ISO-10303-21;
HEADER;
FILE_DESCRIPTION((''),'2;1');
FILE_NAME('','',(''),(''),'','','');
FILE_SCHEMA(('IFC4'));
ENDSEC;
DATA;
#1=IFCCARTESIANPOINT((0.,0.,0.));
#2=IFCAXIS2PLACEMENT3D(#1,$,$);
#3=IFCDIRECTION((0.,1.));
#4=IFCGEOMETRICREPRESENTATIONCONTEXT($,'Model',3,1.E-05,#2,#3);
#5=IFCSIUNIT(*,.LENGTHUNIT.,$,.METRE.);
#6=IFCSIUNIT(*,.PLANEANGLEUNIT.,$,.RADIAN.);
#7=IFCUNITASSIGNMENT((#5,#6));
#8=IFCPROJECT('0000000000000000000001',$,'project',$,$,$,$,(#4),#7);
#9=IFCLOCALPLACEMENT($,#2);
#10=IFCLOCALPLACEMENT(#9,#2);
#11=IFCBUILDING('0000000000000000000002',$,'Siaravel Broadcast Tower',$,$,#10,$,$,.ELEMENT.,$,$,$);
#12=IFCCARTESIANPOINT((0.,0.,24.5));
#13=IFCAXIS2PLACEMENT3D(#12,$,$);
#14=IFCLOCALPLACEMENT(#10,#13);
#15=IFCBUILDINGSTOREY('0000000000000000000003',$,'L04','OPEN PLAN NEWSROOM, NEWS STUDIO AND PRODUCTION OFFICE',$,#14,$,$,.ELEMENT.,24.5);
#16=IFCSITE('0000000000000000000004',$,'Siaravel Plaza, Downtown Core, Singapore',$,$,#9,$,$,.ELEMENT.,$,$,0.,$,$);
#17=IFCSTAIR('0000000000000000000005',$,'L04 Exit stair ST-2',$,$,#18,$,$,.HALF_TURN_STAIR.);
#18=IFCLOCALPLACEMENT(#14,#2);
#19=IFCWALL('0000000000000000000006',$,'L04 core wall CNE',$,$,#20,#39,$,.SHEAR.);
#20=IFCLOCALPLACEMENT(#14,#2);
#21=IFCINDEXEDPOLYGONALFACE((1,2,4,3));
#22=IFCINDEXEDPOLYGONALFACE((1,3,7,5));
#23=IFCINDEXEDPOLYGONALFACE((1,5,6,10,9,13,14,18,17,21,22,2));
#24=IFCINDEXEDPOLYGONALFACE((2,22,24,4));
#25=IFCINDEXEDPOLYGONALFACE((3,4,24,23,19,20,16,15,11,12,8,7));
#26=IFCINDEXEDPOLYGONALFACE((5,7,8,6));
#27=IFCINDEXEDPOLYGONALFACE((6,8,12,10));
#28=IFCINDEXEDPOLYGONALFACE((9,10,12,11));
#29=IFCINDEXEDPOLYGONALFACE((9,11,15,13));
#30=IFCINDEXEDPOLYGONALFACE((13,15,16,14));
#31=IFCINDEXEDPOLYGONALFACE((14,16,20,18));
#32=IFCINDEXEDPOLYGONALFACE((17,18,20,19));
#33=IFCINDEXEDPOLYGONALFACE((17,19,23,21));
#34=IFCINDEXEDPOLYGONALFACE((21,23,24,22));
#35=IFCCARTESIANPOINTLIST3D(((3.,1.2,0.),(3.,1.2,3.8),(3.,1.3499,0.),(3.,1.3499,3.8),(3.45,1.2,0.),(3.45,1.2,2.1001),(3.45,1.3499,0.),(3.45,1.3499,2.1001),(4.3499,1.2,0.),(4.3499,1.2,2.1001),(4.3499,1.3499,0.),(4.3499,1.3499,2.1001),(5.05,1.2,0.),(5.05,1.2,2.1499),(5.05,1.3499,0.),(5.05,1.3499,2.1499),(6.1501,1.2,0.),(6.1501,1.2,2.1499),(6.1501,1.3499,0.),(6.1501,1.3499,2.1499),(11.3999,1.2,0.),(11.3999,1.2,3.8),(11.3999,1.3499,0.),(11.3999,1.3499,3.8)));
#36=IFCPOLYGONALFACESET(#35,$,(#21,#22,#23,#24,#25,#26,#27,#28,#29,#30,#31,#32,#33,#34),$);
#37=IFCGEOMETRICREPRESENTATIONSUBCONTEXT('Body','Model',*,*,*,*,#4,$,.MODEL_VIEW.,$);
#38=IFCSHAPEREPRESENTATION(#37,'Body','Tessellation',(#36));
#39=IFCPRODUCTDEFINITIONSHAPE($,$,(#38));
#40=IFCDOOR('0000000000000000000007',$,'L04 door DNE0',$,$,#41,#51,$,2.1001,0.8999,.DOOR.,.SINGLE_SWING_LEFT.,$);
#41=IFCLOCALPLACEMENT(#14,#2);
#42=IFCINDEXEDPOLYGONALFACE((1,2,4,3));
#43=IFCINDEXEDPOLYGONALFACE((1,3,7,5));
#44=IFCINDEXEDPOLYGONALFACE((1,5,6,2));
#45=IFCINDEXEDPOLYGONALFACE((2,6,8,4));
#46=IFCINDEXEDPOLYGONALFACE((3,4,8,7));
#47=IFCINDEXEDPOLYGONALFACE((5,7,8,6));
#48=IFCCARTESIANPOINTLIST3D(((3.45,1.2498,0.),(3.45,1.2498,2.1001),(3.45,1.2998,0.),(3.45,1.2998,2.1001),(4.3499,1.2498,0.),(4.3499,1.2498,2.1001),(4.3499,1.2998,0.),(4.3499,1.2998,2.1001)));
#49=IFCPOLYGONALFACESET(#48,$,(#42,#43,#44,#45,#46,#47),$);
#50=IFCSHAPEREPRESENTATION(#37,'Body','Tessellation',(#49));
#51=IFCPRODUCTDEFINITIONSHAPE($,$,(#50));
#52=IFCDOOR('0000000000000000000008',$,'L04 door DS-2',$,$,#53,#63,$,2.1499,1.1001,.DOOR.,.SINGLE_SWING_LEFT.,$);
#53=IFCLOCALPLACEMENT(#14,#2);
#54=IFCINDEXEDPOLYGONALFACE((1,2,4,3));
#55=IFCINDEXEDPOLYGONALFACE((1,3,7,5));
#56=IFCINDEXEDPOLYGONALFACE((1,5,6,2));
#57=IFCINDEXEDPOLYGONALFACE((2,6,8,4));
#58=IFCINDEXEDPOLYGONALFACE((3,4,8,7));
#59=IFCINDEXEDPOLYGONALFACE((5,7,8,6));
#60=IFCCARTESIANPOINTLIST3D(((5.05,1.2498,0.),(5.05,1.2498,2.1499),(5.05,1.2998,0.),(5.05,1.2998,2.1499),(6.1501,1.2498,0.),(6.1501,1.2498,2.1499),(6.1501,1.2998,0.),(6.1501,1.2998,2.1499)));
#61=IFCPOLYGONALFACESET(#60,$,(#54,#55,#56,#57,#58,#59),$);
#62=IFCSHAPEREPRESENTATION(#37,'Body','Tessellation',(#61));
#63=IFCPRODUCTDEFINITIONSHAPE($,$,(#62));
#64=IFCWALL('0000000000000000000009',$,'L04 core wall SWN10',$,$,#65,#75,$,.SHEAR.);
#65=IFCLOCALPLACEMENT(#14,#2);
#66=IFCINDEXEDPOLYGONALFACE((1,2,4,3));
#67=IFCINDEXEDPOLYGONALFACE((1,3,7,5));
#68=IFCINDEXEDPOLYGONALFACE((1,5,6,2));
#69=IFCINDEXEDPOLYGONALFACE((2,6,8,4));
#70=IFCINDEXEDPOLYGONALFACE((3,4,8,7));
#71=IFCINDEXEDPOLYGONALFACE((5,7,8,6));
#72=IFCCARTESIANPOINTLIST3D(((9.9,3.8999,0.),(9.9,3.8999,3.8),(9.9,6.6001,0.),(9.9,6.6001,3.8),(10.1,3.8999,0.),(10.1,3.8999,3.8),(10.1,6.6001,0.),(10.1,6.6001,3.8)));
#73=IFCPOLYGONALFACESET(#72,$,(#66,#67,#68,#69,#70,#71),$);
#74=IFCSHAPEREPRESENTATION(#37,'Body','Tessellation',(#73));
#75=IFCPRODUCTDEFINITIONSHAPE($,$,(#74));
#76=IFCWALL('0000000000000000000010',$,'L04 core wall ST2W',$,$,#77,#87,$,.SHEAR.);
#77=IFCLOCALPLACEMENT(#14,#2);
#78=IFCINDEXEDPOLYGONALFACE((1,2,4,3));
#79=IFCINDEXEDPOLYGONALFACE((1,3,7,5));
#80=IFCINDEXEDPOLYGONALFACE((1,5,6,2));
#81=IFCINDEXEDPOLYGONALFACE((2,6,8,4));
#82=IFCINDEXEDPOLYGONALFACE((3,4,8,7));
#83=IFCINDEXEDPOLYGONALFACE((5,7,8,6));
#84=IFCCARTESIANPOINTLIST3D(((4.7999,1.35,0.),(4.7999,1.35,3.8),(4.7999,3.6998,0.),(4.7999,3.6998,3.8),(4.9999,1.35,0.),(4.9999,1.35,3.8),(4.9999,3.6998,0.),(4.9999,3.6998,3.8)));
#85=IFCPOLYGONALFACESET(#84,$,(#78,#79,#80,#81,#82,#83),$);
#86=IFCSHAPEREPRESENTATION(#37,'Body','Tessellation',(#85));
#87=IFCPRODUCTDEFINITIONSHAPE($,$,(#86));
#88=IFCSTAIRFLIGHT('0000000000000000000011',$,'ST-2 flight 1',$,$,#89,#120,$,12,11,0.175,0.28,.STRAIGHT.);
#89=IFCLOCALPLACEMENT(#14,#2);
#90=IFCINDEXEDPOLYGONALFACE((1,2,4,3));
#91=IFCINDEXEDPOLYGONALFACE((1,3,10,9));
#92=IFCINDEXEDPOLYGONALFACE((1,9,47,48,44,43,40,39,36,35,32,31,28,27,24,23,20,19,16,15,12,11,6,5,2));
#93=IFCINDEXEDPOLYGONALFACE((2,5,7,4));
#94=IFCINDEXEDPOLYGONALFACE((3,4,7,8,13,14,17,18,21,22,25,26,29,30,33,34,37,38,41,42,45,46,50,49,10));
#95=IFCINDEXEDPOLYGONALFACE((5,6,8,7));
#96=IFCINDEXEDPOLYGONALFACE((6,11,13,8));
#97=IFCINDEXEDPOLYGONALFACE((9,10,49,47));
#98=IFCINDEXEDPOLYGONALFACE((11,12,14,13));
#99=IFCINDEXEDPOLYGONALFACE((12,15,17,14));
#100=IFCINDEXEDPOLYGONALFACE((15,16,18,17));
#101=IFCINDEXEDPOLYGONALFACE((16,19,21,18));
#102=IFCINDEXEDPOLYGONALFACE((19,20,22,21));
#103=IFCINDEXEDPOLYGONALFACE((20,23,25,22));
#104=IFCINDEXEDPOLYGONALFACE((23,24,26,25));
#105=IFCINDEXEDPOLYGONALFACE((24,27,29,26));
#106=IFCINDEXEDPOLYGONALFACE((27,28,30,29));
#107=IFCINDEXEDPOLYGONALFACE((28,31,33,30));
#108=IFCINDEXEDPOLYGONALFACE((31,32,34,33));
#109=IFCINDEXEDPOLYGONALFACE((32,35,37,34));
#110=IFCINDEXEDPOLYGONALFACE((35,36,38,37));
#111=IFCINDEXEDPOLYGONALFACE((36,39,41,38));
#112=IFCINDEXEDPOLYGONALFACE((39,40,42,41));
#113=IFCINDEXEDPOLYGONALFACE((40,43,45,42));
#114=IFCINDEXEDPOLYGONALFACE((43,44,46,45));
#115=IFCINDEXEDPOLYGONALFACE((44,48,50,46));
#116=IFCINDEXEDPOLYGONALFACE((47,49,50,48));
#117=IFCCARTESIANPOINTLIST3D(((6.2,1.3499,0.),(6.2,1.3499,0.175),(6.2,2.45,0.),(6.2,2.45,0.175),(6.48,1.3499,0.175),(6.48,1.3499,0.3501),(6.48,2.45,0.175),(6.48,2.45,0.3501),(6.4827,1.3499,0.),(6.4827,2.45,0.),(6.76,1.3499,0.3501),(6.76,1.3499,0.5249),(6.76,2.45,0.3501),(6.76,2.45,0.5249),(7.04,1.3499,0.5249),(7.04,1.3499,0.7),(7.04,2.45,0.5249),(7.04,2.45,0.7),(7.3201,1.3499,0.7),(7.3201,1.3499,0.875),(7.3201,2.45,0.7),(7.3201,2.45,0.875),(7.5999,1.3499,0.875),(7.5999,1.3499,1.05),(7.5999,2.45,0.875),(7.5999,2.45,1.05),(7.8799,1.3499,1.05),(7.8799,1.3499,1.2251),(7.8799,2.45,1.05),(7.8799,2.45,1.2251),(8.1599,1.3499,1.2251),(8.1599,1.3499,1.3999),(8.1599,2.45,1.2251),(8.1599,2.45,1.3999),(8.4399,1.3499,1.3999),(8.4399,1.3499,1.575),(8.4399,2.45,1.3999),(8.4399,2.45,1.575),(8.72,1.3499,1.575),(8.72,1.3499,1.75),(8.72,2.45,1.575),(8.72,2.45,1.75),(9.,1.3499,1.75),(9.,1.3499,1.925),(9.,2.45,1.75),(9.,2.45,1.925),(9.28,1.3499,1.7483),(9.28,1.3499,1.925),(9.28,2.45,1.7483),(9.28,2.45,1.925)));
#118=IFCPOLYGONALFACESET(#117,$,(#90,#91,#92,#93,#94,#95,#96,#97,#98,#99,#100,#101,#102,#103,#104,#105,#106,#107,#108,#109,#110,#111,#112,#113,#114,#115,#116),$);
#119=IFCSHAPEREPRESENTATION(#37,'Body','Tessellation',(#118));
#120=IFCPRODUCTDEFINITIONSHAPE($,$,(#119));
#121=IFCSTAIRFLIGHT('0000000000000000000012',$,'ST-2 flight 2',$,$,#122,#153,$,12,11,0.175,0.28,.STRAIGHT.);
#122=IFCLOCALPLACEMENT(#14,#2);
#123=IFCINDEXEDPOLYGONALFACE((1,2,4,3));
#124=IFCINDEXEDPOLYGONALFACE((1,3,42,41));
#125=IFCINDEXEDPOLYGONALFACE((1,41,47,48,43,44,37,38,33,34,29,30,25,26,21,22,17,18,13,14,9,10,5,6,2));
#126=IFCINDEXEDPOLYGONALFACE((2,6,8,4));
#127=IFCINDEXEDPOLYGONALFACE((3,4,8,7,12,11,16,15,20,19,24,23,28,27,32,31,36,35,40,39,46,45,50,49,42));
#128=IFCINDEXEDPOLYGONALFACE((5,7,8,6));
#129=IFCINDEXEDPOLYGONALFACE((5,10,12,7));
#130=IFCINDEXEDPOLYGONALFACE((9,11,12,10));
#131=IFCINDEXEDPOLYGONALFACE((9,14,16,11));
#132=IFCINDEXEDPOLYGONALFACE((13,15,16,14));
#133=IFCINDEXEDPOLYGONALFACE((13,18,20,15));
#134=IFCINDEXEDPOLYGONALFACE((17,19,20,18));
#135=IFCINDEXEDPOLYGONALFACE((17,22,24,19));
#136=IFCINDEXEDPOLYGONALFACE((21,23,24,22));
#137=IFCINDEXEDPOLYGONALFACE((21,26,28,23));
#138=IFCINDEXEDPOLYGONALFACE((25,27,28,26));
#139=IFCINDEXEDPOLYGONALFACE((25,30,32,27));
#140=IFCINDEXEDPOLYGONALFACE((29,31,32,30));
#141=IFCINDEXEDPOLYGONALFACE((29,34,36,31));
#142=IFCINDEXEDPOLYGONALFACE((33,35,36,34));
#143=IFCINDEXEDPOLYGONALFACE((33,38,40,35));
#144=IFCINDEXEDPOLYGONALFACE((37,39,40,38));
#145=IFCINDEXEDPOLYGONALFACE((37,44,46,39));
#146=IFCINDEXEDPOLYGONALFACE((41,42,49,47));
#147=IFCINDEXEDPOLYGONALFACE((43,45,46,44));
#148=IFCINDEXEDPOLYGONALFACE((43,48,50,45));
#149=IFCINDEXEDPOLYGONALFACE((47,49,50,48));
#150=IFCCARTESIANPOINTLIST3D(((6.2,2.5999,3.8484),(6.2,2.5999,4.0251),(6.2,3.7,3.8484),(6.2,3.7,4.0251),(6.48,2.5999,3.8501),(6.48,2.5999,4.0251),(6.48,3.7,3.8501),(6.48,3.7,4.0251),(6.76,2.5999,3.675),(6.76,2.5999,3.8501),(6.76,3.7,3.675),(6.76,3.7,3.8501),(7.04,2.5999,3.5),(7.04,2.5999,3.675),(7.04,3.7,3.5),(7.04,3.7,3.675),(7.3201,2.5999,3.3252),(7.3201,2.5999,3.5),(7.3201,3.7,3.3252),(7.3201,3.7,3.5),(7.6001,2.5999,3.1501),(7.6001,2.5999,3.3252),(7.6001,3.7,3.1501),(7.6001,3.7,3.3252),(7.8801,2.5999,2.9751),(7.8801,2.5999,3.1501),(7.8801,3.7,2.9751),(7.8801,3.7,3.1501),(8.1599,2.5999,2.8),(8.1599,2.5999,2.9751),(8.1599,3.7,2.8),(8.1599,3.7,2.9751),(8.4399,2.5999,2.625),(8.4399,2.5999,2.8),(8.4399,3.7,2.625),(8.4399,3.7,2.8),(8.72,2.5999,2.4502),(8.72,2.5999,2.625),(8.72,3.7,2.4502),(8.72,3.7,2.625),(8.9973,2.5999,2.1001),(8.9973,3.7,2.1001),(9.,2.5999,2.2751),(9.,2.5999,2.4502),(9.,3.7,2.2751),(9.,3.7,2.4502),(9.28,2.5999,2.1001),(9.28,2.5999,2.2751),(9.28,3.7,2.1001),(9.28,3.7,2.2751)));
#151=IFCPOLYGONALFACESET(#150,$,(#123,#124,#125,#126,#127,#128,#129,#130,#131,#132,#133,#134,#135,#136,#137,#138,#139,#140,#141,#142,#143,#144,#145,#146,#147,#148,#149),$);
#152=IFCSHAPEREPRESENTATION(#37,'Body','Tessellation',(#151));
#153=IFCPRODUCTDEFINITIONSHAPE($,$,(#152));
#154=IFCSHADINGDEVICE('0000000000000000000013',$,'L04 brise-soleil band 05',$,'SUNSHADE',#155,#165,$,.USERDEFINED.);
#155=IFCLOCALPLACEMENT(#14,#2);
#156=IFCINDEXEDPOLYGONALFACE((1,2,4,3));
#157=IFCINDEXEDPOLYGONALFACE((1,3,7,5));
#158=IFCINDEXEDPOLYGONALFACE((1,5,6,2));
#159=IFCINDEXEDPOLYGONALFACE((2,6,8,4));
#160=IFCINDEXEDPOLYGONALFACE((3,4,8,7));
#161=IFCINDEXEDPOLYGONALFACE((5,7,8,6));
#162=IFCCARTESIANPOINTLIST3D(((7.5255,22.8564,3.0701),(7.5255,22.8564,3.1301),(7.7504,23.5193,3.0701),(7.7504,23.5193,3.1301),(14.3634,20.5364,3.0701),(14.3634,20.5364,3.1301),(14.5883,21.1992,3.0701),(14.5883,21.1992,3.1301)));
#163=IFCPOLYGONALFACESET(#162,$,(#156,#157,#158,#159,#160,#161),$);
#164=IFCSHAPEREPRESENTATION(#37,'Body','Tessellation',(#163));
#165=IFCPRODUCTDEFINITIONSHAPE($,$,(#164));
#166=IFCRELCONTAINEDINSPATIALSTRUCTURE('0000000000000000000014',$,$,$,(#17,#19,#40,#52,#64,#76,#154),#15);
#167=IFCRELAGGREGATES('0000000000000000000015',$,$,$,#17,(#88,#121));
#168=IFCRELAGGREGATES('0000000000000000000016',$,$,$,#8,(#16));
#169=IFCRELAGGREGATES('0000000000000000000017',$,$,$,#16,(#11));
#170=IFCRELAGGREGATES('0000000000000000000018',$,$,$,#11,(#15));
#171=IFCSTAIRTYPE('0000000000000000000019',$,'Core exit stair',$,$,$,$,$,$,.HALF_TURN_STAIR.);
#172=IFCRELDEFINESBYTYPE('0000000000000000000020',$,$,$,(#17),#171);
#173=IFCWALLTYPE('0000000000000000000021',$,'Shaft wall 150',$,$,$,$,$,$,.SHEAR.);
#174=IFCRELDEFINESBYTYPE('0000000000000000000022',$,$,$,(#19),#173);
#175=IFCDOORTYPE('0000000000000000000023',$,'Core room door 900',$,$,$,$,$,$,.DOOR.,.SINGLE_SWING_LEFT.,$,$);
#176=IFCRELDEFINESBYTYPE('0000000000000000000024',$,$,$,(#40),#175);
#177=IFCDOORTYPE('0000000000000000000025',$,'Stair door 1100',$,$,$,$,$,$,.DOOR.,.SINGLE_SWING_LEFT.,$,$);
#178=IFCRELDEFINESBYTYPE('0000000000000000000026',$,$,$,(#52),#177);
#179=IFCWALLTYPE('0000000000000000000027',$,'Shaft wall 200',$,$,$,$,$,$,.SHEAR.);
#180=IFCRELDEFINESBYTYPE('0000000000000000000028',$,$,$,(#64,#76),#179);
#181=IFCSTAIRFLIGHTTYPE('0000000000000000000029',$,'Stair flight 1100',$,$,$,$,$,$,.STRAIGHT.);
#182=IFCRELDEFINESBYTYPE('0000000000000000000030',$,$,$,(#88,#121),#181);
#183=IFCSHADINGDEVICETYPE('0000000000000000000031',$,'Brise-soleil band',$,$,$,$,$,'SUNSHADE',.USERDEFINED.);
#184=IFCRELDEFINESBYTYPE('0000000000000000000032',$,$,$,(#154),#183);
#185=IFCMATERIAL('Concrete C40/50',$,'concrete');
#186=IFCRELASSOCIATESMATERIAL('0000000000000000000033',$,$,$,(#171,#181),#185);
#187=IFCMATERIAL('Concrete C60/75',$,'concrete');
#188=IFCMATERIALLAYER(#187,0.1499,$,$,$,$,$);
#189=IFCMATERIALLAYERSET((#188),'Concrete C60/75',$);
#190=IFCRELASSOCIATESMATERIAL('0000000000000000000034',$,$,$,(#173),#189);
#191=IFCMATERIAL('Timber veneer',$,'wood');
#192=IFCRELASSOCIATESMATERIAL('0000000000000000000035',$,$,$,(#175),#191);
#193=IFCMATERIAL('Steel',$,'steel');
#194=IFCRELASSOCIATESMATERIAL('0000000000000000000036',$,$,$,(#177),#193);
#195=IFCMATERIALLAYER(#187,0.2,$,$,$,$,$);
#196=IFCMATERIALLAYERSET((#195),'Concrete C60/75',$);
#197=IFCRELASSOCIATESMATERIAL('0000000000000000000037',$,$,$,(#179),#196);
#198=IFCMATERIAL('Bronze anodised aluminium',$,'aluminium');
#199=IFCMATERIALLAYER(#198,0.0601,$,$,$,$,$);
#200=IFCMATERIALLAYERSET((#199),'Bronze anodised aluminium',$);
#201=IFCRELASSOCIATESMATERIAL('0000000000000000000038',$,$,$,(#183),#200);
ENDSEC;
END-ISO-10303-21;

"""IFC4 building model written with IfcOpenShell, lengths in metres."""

from ifc_helpers import new_model, si_unit, direction, frame, frame_2d, origin, origin_2d, place, context, subcontext, project, spatial, polyline, rectangle, outline, extrude, material, layer, layer_set, type_object, element, fill, aggregate, save


model = new_model("IFC4")

# Units and contexts
model_context = context("Model", 3, precision=1e-05, world=origin(), true_north=direction((0.0, 1.0)))
body_context = subcontext(model_context, "Body", "Model", "MODEL_VIEW")
ifc_project = project(units=[si_unit("LENGTHUNIT", "METRE"), si_unit("PLANEANGLEUNIT", "RADIAN")], contexts=[model_context])

# Site, building, storey
site_placement = place(None, origin())
site = spatial("IfcSite", under=ifc_project, at=site_placement, Name="Siaravel Plaza, Downtown Core, Singapore", CompositionType="ELEMENT", RefElevation=0.0)
building_placement = place(site_placement, origin())
building = spatial("IfcBuilding", under=site, at=building_placement, Name="Siaravel Broadcast Tower", CompositionType="ELEMENT")
storey_placement = place(building_placement, frame((0.0, 0.0, 24.5)))
storey = spatial("IfcBuildingStorey", under=building, at=storey_placement, Name="L04", Description="OPEN PLAN NEWSROOM, NEWS STUDIO AND PRODUCTION OFFICE", CompositionType="ELEMENT", Elevation=24.5)

# Shared definitions
ifc_material_1 = material(Name="Concrete C40/50", Category="concrete")

# Stair
stair_type = type_object("IfcStairType", Name="Core exit stair", PredefinedType="HALF_TURN_STAIR", material=ifc_material_1)
stair_placement = place(storey_placement, origin())
stair = element("IfcStair", 1, at=stair_placement, inside=storey, type_object=stair_type, Name="L04 Exit stair ST-2", PredefinedType="HALF_TURN_STAIR")

# Wall, openings, doors
ifc_material_2 = material(Name="Concrete C60/75", Category="concrete")
ifc_layer_1 = layer(ifc_material_2, 0.1499)
ifc_layer_set_1 = layer_set([ifc_layer_1], Name="Concrete C60/75")
wall_type_1 = type_object("IfcWallType", Name="Shaft wall 150", PredefinedType="SHEAR", material=ifc_layer_set_1)
wall_1_placement = place(storey_placement, frame((3.0, 1.2749, 0.0), z_axis=(0.0, 0.0, 1.0), x_axis=(1.0, 0.0, 0.0)))
wall_1 = element("IfcWall", 2, at=wall_1_placement, inside=storey, type_object=wall_type_1, Name="L04 core wall CNE", PredefinedType="SHEAR", context=body_context, shape_type="SweptSolid", body=[
    extrude(rectangle(XDim=8.3999, YDim=0.1499, at=frame_2d((4.2, 0.0))), origin(), (0.0, 0.0, 1.0), 3.8),
])
opening_1_placement = place(wall_1_placement, frame((2.05, 0.0, 0.0)))
opening_1 = element("IfcOpeningElement", 3, at=opening_1_placement, cuts=wall_1, PredefinedType="OPENING", context=body_context, shape_type="SweptSolid", body=[
    extrude(rectangle(XDim=1.1001, YDim=2.1499, at=frame_2d((0.55, 1.075))), frame((0.0, 0.085, 0.0), z_axis=(0.0, -1.0, 0.0), x_axis=(1.0, 0.0, 0.0)), (0.0, 0.0, 1.0), 0.1699),
])
opening_2_placement = place(wall_1_placement, frame((0.45, 0.0, 0.0)))
opening_2 = element("IfcOpeningElement", 4, at=opening_2_placement, cuts=wall_1, PredefinedType="OPENING", context=body_context, shape_type="SweptSolid", body=[
    extrude(rectangle(XDim=0.8999, YDim=2.1001, at=frame_2d((0.45, 1.05))), frame((0.0, 0.085, 0.0), z_axis=(0.0, -1.0, 0.0), x_axis=(1.0, 0.0, 0.0)), (0.0, 0.0, 1.0), 0.1699),
])
ifc_material_3 = material(Name="Timber veneer", Category="wood")
door_type_1 = type_object("IfcDoorType", Name="Core room door 900", OperationType="SINGLE_SWING_LEFT", PredefinedType="DOOR", material=ifc_material_3)
door_1_placement = place(opening_2_placement, origin())
door_1 = element("IfcDoor", 5, at=door_1_placement, inside=storey, type_object=door_type_1, Name="L04 door DNE0", OperationType="SINGLE_SWING_LEFT", OverallHeight=2.1001, OverallWidth=0.8999, PredefinedType="DOOR", context=body_context, shape_type="SweptSolid", body=[
    extrude(rectangle(XDim=0.8999, YDim=2.1001, at=frame_2d((0.45, 1.05))), frame((0.0, 0.0249, 0.0), z_axis=(0.0, -1.0, 0.0), x_axis=(1.0, 0.0, 0.0)), (0.0, 0.0, 1.0), 0.05),
])
fill(opening_2, door_1)
ifc_material_4 = material(Name="Steel", Category="steel")
door_type_2 = type_object("IfcDoorType", Name="Stair door 1100", OperationType="SINGLE_SWING_LEFT", PredefinedType="DOOR", material=ifc_material_4)
door_2_placement = place(opening_1_placement, origin())
door_2 = element("IfcDoor", 6, at=door_2_placement, inside=storey, type_object=door_type_2, Name="L04 door DS-2", OperationType="SINGLE_SWING_LEFT", OverallHeight=2.1499, OverallWidth=1.1001, PredefinedType="DOOR", context=body_context, shape_type="SweptSolid", body=[
    extrude(rectangle(XDim=1.1001, YDim=2.1499, at=frame_2d((0.55, 1.075))), frame((0.0, 0.0249, 0.0), z_axis=(0.0, -1.0, 0.0), x_axis=(1.0, 0.0, 0.0)), (0.0, 0.0, 1.0), 0.05),
])
fill(opening_1, door_2)

# Walls
ifc_layer_2 = layer(ifc_material_2, 0.2)
ifc_layer_set_2 = layer_set([ifc_layer_2], Name="Concrete C60/75")
wall_type_2 = type_object("IfcWallType", Name="Shaft wall 200", PredefinedType="SHEAR", material=ifc_layer_set_2)
wall_2_placement = place(storey_placement, frame((10.0, 3.8999, 0.0), z_axis=(0.0, 0.0, 1.0), x_axis=(0.0, 1.0, 0.0)))
element("IfcWall", 7, at=wall_2_placement, inside=storey, type_object=wall_type_2, Name="L04 core wall SWN10", PredefinedType="SHEAR", context=body_context, shape_type="SweptSolid", body=[
    extrude(rectangle(XDim=2.7002, YDim=0.2, at=frame_2d((1.3501, 0.0))), origin(), (0.0, 0.0, 1.0), 3.8),
])
wall_3_placement = place(storey_placement, frame((4.8999, 1.3501, 0.0), z_axis=(0.0, 0.0, 1.0), x_axis=(0.0, 1.0, 0.0)))
element("IfcWall", 8, at=wall_3_placement, inside=storey, type_object=wall_type_2, Name="L04 core wall ST2W", PredefinedType="SHEAR", context=body_context, shape_type="SweptSolid", body=[
    extrude(rectangle(XDim=2.3499, YDim=0.2, at=frame_2d((1.1748, 0.0))), origin(), (0.0, 0.0, 1.0), 3.8),
])

# Stair flights
stair_flight_type = type_object("IfcStairFlightType", Name="Stair flight 1100", PredefinedType="STRAIGHT", material=ifc_material_1)
stair_flight_1_placement = place(storey_placement, frame((6.2, 1.8999, 0.0), z_axis=(0.0, 0.0, 1.0), x_axis=(1.0, 0.0, 0.0)))
stair_flight_1 = element("IfcStairFlight", 9, at=stair_flight_1_placement, type_object=stair_flight_type, Name="ST-2 flight 1", NumberOfRisers=12, NumberOfTreads=11, PredefinedType="STRAIGHT", RiserHeight=0.175, TreadLength=0.28, context=body_context, shape_type="SweptSolid", body=[
    extrude(outline(polyline([(0.0, 0.0), (0.0, 0.175), (0.28, 0.175), (0.28, 0.3501), (0.5601, 0.3501), (0.5601, 0.5249), (0.8401, 0.5249), (0.8401, 0.7), (1.1201, 0.7), (1.1201, 0.875), (1.3999, 0.875), (1.3999, 1.05), (1.6799, 1.05), (1.6799, 1.2251), (1.96, 1.2251), (1.96, 1.3999), (2.24, 1.3999), (2.24, 1.575), (2.52, 1.575), (2.52, 1.75), (2.8, 1.75), (2.8, 1.925), (3.0801, 1.925), (3.0801, 2.1001), (3.0801, 1.7483), (0.2827, 0.0), (0.0, 0.0)])), frame((0.0, 0.55, 0.0), z_axis=(0.0, -1.0, 0.0), x_axis=(1.0, 0.0, 0.0)), (0.0, 0.0, 1.0), 1.1001),
])
stair_flight_2_placement = place(storey_placement, frame((9.28, 3.1499, 2.1001), z_axis=(0.0, 0.0, 1.0), x_axis=(-1.0, 0.0, 0.0)))
stair_flight_2 = element("IfcStairFlight", 10, at=stair_flight_2_placement, type_object=stair_flight_type, Name="ST-2 flight 2", NumberOfRisers=12, NumberOfTreads=11, PredefinedType="STRAIGHT", RiserHeight=0.175, TreadLength=0.28, context=body_context, shape_type="SweptSolid", body=[
    extrude(outline(polyline([(0.0, 0.0), (0.0, 0.175), (0.28, 0.175), (0.28, 0.3501), (0.5601, 0.3501), (0.5601, 0.5249), (0.8401, 0.5249), (0.8401, 0.7), (1.1201, 0.7), (1.1201, 0.875), (1.3999, 0.875), (1.3999, 1.05), (1.6799, 1.05), (1.6799, 1.2251), (1.96, 1.2251), (1.96, 1.3999), (2.24, 1.3999), (2.24, 1.575), (2.52, 1.575), (2.52, 1.75), (2.8, 1.75), (2.8, 1.925), (3.0801, 1.925), (3.0801, 2.1001), (3.0801, 1.7483), (0.2827, 0.0), (0.0, 0.0)])), frame((0.0, 0.55, 0.0), z_axis=(0.0, -1.0, 0.0), x_axis=(1.0, 0.0, 0.0)), (0.0, 0.0, 1.0), 1.1001),
])
aggregate(stair, [stair_flight_1, stair_flight_2])

# Shading device
ifc_material_5 = material(Name="Bronze anodised aluminium", Category="aluminium")
ifc_layer_3 = layer(ifc_material_5, 0.0601)
ifc_layer_set_3 = layer_set([ifc_layer_3], Name="Bronze anodised aluminium")
shading_device_type = type_object("IfcShadingDeviceType", Name="Brise-soleil band", ElementType="SUNSHADE", PredefinedType="USERDEFINED", material=ifc_layer_set_3)
shading_device_1_placement = place(storey_placement, frame((11.0569, 22.0278, 3.0701), z_axis=(0.0, 0.0, 1.0), x_axis=(-0.946977, 0.321301, 0.0)))
element("IfcShadingDevice", 11, at=shading_device_1_placement, inside=storey, type_object=shading_device_type, Name="L04 brise-soleil band 05", ObjectType="SUNSHADE", PredefinedType="USERDEFINED", context=body_context, shape_type="SweptSolid", body=[
    extrude(rectangle(XDim=7.2207, YDim=0.7, at=origin_2d()), origin(), (0.0, 0.0, 1.0), 0.0601),
])

save(model, "model.ifc")
